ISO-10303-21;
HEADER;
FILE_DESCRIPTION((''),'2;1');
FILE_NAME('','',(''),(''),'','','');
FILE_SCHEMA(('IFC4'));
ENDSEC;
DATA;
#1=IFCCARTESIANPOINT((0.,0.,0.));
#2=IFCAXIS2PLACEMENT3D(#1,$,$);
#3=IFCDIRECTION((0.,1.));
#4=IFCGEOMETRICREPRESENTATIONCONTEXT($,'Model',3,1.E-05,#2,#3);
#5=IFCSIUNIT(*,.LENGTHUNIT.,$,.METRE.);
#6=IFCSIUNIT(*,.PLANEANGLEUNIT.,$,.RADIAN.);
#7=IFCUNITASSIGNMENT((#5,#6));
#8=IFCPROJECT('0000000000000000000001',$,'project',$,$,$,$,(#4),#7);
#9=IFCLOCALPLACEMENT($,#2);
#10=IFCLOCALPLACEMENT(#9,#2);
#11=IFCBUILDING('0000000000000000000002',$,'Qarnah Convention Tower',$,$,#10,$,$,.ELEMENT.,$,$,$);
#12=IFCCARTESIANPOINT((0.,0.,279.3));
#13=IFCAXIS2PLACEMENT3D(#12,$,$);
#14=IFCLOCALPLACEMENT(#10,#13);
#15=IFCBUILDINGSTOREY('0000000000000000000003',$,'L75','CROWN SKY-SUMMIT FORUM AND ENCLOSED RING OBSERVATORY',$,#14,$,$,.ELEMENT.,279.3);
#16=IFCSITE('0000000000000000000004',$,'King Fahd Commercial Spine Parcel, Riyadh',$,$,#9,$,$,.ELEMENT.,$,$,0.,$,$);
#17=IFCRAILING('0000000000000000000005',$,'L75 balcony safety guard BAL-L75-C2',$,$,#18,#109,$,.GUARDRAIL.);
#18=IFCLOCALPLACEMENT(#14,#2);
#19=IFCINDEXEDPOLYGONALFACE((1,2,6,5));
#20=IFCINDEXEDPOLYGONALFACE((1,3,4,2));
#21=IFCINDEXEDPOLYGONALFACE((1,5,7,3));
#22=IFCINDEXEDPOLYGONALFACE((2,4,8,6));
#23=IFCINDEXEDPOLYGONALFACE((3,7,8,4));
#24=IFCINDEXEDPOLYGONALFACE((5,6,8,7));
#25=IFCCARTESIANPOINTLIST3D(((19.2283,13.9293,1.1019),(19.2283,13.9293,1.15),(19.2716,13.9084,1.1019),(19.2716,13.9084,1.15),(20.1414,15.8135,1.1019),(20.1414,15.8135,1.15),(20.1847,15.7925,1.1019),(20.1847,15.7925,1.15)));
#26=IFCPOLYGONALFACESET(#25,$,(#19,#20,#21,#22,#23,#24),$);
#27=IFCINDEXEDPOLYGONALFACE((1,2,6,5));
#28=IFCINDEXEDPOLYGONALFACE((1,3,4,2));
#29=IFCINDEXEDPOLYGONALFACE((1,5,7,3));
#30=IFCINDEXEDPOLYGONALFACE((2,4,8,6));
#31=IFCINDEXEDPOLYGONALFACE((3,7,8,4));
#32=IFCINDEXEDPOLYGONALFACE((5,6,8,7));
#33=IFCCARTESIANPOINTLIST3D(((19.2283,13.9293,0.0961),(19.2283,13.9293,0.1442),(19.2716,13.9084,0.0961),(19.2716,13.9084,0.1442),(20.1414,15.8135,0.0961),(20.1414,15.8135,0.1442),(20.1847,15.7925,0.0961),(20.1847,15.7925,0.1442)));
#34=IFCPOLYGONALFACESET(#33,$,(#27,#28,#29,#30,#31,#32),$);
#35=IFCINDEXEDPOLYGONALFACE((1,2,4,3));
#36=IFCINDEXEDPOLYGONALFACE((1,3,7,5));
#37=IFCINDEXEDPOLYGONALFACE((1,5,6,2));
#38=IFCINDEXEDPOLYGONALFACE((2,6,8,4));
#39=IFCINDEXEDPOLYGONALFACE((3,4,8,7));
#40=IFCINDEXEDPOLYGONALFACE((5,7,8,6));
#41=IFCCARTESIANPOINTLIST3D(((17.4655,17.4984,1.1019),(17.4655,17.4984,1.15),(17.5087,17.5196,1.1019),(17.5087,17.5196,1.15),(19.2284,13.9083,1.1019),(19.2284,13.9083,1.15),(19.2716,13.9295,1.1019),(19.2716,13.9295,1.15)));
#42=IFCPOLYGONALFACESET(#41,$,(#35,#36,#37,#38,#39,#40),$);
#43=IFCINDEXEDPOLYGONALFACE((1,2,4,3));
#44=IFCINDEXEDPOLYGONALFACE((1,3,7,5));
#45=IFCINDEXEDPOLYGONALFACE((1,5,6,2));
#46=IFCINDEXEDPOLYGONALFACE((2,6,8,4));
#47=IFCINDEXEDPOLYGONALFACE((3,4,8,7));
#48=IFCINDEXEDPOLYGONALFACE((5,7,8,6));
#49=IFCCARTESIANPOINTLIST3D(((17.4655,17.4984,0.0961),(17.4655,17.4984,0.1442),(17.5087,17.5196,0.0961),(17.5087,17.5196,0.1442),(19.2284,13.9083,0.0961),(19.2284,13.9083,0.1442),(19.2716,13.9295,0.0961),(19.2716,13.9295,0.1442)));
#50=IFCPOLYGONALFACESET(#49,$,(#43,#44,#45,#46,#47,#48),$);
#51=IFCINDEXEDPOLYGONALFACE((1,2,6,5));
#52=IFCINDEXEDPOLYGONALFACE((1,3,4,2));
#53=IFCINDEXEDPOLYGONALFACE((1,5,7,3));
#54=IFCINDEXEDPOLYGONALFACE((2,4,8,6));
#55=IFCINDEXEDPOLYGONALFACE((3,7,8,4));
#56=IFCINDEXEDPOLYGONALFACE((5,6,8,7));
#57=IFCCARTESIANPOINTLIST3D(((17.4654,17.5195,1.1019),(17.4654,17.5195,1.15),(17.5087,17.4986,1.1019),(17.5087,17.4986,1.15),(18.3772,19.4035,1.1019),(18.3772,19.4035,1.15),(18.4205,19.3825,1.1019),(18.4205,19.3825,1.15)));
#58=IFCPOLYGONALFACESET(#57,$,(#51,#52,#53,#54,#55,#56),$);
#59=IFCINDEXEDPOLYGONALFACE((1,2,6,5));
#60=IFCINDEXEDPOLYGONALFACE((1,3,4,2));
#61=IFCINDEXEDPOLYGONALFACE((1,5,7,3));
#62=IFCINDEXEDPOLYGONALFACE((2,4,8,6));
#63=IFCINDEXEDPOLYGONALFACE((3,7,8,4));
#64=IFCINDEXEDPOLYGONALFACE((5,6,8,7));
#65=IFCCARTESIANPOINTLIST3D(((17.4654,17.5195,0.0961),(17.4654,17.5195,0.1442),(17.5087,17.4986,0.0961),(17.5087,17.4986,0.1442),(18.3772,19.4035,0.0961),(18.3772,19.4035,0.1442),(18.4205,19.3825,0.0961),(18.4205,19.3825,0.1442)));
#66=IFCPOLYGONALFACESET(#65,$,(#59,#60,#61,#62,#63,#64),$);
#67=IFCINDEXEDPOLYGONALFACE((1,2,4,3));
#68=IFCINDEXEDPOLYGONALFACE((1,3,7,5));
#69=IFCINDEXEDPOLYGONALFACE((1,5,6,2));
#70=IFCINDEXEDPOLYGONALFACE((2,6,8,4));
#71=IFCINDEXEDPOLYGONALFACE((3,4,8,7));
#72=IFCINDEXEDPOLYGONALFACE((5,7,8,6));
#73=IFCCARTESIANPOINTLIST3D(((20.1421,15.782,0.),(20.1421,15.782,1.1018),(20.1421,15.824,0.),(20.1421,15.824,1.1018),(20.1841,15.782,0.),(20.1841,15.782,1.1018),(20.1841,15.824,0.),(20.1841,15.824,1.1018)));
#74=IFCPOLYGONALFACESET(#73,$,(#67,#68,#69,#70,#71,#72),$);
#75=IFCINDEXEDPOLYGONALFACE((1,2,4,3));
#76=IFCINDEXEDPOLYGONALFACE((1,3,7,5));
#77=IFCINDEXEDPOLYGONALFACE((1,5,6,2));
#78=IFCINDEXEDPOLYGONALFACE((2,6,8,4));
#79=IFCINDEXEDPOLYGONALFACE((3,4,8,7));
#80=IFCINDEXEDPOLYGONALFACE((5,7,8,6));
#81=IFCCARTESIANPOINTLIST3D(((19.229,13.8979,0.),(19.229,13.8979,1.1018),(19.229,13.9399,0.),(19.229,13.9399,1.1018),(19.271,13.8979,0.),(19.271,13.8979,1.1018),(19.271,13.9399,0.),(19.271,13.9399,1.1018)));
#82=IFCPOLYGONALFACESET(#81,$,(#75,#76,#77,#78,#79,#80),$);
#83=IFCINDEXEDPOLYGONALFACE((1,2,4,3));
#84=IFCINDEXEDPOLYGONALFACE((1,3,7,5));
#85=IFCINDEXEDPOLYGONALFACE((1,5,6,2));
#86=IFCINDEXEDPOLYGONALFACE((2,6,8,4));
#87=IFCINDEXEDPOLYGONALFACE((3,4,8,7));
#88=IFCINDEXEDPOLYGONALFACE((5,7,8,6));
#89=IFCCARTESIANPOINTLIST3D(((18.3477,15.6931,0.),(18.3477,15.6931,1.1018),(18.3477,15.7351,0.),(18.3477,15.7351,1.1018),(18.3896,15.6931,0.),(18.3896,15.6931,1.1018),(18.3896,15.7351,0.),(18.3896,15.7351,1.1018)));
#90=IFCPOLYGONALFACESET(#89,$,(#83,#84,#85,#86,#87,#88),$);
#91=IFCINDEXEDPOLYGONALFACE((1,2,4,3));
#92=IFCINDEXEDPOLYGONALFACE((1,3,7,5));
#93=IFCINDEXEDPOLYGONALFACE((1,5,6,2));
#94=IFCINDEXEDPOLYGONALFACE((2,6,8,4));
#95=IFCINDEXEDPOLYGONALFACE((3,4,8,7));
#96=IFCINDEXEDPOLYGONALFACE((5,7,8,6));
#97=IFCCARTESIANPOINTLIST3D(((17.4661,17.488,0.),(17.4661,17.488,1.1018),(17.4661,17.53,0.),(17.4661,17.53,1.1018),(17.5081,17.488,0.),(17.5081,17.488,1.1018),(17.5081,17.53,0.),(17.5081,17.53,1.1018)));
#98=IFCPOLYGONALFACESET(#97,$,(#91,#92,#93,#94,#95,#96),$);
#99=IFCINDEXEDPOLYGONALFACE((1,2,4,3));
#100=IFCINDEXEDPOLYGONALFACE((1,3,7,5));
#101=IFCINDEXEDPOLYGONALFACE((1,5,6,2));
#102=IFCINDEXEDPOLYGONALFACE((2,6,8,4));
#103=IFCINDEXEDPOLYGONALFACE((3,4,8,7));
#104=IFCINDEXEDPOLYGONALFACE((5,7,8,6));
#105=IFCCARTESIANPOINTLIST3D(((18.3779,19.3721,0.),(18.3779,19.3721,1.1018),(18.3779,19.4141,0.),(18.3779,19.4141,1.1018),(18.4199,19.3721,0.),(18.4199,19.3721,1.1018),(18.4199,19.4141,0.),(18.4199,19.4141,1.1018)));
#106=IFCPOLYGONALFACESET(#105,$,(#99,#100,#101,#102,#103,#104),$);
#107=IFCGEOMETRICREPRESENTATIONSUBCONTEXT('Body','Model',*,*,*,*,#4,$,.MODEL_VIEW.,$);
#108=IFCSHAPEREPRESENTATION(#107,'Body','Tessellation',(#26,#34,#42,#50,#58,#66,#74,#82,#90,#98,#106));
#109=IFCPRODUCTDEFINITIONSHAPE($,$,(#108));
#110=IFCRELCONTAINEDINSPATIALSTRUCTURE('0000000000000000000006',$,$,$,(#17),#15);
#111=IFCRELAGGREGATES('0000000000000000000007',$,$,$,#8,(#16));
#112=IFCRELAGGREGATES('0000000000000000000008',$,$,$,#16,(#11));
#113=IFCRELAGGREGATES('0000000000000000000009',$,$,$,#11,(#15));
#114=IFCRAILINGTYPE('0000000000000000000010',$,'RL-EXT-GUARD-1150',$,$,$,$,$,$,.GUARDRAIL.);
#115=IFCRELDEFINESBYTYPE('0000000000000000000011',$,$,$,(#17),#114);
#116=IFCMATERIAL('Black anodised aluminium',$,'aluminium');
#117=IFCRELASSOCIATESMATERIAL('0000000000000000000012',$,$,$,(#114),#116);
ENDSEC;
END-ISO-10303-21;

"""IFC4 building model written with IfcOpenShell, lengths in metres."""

from ifc_helpers import new_model, si_unit, direction, frame, origin, origin_2d, place, context, subcontext, project, spatial, rectangle, extrude, material, type_object, element, save


model = new_model("IFC4")

# Units and contexts
model_context = context("Model", 3, precision=1e-05, world=origin(), true_north=direction((0.0, 1.0)))
body_context = subcontext(model_context, "Body", "Model", "MODEL_VIEW")
ifc_project = project(units=[si_unit("LENGTHUNIT", "METRE"), si_unit("PLANEANGLEUNIT", "RADIAN")], contexts=[model_context])

# Site, building, storey
site_placement = place(None, origin())
site = spatial("IfcSite", under=ifc_project, at=site_placement, Name="King Fahd Commercial Spine Parcel, Riyadh", CompositionType="ELEMENT", RefElevation=0.0)
building_placement = place(site_placement, origin())
building = spatial("IfcBuilding", under=site, at=building_placement, Name="Qarnah Convention Tower", CompositionType="ELEMENT")
storey_placement = place(building_placement, frame((0.0, 0.0, 279.3)))
storey = spatial("IfcBuildingStorey", under=building, at=storey_placement, Name="L75", Description="CROWN SKY-SUMMIT FORUM AND ENCLOSED RING OBSERVATORY", CompositionType="ELEMENT", Elevation=279.3)

# Shared definitions
ifc_material_1 = material(Name="Black anodised aluminium", Category="aluminium")

# Railing
railing_type = type_object("IfcRailingType", Name="RL-EXT-GUARD-1150", PredefinedType="GUARDRAIL", material=ifc_material_1)
railing_1_placement = place(storey_placement, frame((20.1631, 15.803, 0.0)))
element("IfcRailing", 1, at=railing_1_placement, inside=storey, type_object=railing_type, Name="L75 balcony safety guard BAL-L75-C2", PredefinedType="GUARDRAIL", context=body_context, shape_type="SweptSolid", body=[
    extrude(rectangle(XDim=0.0481, YDim=0.0481, at=origin_2d()), frame((0.0, 0.0, 1.126), z_axis=(-0.436125, -0.899886, 0.0), x_axis=(0.899886, -0.436125, 0.0)), (0.0, 0.0, 1.0), 2.0938),
    extrude(rectangle(XDim=0.0481, YDim=0.0481, at=origin_2d()), frame((0.0, 0.0, 0.1201), z_axis=(-0.436125, -0.899886, 0.0), x_axis=(0.899886, -0.436125, 0.0)), (0.0, 0.0, 1.0), 2.0938),
    extrude(rectangle(XDim=0.0481, YDim=0.0481, at=origin_2d()), frame((-0.9131, -1.884, 1.126), z_axis=(-0.440781, 0.897615, 0.0), x_axis=(-0.897615, -0.440781, 0.0)), (0.0, 0.0, 1.0), 3.9995),
    extrude(rectangle(XDim=0.0481, YDim=0.0481, at=origin_2d()), frame((-0.9131, -1.884, 0.1201), z_axis=(-0.440781, 0.897615, 0.0), x_axis=(-0.897615, -0.440781, 0.0)), (0.0, 0.0, 1.0), 3.9995),
    extrude(rectangle(XDim=0.0481, YDim=0.0481, at=origin_2d()), frame((-2.676, 1.7061, 1.126), z_axis=(0.435652, 0.900115, 0.0), x_axis=(-0.900115, 0.435652, 0.0)), (0.0, 0.0, 1.0), 2.093),
    extrude(rectangle(XDim=0.0481, YDim=0.0481, at=origin_2d()), frame((-2.676, 1.7061, 0.1201), z_axis=(0.435652, 0.900115, 0.0), x_axis=(-0.900115, 0.435652, 0.0)), (0.0, 0.0, 1.0), 2.093),
    extrude(rectangle(XDim=0.042, YDim=0.042, at=origin_2d()), origin(), (0.0, 0.0, 1.0), 1.1018),
    extrude(rectangle(XDim=0.042, YDim=0.042, at=origin_2d()), frame((-0.9131, -1.884, 0.0)), (0.0, 0.0, 1.0), 1.1018),
    extrude(rectangle(XDim=0.042, YDim=0.042, at=origin_2d()), frame((-1.7944, -0.0889, 0.0)), (0.0, 0.0, 1.0), 1.1018),
    extrude(rectangle(XDim=0.042, YDim=0.042, at=origin_2d()), frame((-2.676, 1.7061, 0.0)), (0.0, 0.0, 1.0), 1.1018),
    extrude(rectangle(XDim=0.042, YDim=0.042, at=origin_2d()), frame((-1.7642, 3.5901, 0.0)), (0.0, 0.0, 1.0), 1.1018),
])

save(model, "model.ifc")
